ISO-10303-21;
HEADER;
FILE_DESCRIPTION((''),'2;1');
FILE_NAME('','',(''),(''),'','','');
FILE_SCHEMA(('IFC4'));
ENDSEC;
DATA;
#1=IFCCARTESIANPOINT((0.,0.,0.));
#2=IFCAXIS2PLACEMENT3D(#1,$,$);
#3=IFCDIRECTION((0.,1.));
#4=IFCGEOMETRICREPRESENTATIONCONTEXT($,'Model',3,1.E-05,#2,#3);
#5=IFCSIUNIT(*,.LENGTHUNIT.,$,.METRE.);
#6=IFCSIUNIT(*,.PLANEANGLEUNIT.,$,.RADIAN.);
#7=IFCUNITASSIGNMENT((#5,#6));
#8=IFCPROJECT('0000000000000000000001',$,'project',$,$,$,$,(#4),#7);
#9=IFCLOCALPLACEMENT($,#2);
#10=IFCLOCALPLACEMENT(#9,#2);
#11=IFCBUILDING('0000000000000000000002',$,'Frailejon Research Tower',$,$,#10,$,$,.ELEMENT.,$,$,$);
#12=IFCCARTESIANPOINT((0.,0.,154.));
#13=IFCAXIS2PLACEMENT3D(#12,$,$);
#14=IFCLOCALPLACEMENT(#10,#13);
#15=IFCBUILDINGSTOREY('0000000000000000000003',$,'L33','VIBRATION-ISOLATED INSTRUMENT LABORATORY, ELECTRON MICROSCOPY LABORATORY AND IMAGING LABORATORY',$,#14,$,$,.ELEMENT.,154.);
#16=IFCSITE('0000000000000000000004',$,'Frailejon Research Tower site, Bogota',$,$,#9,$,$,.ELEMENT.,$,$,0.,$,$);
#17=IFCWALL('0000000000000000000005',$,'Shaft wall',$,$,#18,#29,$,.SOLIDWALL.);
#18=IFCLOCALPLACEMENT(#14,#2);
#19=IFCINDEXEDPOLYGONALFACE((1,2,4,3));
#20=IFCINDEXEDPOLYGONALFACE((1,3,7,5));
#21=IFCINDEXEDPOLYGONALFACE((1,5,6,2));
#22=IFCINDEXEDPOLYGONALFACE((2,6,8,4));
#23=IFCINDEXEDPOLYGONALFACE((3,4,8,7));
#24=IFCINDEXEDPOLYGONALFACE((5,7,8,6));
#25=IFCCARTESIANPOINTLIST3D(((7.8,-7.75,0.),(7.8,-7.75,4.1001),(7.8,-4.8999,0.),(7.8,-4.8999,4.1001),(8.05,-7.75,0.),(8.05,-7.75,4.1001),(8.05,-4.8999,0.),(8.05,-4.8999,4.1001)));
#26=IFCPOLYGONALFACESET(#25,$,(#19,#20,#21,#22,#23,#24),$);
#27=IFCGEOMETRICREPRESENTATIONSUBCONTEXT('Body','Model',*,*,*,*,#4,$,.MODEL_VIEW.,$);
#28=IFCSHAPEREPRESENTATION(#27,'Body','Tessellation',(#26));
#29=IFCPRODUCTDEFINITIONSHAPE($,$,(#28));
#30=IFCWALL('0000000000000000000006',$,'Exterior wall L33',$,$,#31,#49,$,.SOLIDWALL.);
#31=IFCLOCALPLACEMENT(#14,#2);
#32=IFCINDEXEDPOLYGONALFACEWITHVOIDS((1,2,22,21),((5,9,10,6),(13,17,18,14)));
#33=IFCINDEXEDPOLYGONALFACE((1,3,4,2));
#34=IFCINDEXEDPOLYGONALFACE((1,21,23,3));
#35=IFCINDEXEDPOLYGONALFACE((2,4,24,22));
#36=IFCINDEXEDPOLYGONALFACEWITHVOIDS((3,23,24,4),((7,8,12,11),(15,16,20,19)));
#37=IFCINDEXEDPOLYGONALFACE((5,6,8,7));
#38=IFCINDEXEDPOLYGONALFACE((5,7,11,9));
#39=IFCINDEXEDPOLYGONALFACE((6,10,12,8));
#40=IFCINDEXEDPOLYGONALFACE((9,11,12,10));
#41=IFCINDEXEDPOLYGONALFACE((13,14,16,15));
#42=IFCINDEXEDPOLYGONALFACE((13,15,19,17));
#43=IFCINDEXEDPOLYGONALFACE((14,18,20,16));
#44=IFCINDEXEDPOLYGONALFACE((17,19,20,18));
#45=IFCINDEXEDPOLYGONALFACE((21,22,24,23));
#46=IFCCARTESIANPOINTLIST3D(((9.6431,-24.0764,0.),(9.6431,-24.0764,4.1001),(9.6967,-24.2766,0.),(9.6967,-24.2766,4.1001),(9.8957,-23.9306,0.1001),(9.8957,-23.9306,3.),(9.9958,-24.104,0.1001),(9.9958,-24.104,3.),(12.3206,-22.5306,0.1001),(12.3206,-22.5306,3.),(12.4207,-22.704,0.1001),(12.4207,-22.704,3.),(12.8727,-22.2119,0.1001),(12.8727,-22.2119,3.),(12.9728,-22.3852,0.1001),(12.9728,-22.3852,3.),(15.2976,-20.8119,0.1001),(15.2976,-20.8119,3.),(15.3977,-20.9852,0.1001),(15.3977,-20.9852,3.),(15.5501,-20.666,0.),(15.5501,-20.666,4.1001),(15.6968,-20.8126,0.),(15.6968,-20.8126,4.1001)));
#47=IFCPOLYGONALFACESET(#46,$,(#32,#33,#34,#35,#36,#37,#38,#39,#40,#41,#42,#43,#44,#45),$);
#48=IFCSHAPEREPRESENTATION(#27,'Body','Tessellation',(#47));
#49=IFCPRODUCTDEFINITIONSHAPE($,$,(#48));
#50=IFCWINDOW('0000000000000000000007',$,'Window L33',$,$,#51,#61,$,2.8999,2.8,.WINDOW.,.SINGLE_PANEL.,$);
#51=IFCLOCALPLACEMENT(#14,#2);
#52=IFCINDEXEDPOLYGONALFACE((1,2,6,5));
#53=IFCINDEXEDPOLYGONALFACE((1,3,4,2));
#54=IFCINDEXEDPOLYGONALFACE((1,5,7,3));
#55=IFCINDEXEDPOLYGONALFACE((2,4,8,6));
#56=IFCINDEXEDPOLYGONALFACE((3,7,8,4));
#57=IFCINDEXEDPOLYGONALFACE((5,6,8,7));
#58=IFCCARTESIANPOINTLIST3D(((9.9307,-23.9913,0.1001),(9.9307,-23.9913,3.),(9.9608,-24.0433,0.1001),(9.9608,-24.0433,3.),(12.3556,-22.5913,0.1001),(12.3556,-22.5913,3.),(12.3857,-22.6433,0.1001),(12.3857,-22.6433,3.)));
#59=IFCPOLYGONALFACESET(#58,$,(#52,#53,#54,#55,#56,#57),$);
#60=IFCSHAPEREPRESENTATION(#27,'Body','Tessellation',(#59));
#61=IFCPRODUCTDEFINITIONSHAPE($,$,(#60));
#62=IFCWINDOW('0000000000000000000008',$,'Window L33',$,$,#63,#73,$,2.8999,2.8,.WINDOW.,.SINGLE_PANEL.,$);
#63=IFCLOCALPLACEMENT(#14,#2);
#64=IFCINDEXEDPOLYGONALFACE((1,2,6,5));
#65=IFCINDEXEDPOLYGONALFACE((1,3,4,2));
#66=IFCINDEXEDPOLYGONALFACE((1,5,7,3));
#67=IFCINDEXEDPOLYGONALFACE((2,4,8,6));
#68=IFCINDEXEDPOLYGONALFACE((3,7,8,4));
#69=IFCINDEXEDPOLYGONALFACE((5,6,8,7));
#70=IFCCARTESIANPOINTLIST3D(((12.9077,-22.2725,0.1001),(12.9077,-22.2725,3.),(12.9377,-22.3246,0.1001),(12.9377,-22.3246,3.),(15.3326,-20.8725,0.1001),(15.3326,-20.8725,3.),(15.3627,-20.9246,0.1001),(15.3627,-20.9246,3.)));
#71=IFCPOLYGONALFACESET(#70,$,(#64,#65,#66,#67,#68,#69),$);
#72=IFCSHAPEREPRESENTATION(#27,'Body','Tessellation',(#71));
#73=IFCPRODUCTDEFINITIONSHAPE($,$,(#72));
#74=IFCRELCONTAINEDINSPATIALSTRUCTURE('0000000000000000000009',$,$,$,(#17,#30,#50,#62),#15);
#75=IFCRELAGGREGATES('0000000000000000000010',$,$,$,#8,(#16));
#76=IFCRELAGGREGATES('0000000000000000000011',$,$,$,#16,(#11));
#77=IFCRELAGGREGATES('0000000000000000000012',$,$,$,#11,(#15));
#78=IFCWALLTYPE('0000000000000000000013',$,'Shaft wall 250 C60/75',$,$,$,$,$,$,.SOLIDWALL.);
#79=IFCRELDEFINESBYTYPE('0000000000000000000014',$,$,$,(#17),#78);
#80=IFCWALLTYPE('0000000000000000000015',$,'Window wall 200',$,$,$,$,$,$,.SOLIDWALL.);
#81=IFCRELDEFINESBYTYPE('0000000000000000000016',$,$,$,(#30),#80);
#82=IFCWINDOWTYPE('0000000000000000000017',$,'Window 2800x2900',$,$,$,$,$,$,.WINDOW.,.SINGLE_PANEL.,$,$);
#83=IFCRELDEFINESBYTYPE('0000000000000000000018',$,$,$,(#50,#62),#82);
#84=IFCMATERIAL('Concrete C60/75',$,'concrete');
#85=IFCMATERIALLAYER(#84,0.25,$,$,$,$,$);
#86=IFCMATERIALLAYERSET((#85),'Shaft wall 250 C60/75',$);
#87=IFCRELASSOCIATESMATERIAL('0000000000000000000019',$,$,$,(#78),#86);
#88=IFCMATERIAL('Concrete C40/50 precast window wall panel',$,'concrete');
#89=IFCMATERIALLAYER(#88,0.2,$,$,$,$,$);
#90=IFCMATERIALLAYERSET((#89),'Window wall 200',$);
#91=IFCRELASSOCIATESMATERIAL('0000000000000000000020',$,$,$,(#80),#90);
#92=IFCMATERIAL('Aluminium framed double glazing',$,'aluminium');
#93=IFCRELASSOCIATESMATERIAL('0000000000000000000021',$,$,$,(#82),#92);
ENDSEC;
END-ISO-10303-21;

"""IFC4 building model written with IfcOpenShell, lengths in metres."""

from ifc_helpers import new_model, si_unit, direction, frame, frame_2d, origin, place, context, subcontext, project, spatial, polyline, rectangle, outline, extrude, material, layer, layer_set, type_object, element, fill, save


model = new_model("IFC4")

# Units and contexts
model_context = context("Model", 3, precision=1e-05, world=origin(), true_north=direction((0.0, 1.0)))
body_context = subcontext(model_context, "Body", "Model", "MODEL_VIEW")
ifc_project = project(units=[si_unit("LENGTHUNIT", "METRE"), si_unit("PLANEANGLEUNIT", "RADIAN")], contexts=[model_context])

# Site, building, storey
site_placement = place(None, origin())
site = spatial("IfcSite", under=ifc_project, at=site_placement, Name="Frailejon Research Tower site, Bogota", CompositionType="ELEMENT", RefElevation=0.0)
building_placement = place(site_placement, origin())
building = spatial("IfcBuilding", under=site, at=building_placement, Name="Frailejon Research Tower", CompositionType="ELEMENT")
storey_placement = place(building_placement, frame((0.0, 0.0, 154.0)))
storey = spatial("IfcBuildingStorey", under=building, at=storey_placement, Name="L33", Description="VIBRATION-ISOLATED INSTRUMENT LABORATORY, ELECTRON MICROSCOPY LABORATORY AND IMAGING LABORATORY", CompositionType="ELEMENT", Elevation=154.0)

# Shared definitions
ifc_material_1 = material(Name="Concrete C60/75", Category="concrete")
ifc_layer_1 = layer(ifc_material_1, 0.25)
ifc_layer_set_1 = layer_set([ifc_layer_1], Name="Shaft wall 250 C60/75")
wall_type_1 = type_object("IfcWallType", Name="Shaft wall 250 C60/75", PredefinedType="SOLIDWALL", material=ifc_layer_set_1)

# Wall
wall_1_placement = place(storey_placement, frame((7.925, -7.75, 0.0), z_axis=(0.0, 0.0, 1.0), x_axis=(0.0, 1.0, 0.0)))
element("IfcWall", 1, at=wall_1_placement, inside=storey, type_object=wall_type_1, Name="Shaft wall", PredefinedType="SOLIDWALL", context=body_context, shape_type="SweptSolid", body=[
    extrude(rectangle(XDim=2.8501, YDim=0.25, at=frame_2d((1.425, 0.0))), origin(), (0.0, 0.0, 1.0), 4.1001),
])

# Wall, openings, windows
ifc_material_2 = material(Name="Concrete C40/50 precast window wall panel", Category="concrete")
ifc_layer_2 = layer(ifc_material_2, 0.2)
ifc_layer_set_2 = layer_set([ifc_layer_2], Name="Window wall 200")
wall_type_2 = type_object("IfcWallType", Name="Window wall 200", PredefinedType="SOLIDWALL", material=ifc_layer_set_2)
wall_2_placement = place(storey_placement, frame((9.6699, -24.1765, 0.0), z_axis=(0.0, 0.0, 1.0), x_axis=(0.866029, 0.499993, 0.0)))
wall_2 = element("IfcWall", 2, at=wall_2_placement, inside=storey, type_object=wall_type_2, Name="Exterior wall L33", PredefinedType="SOLIDWALL", context=body_context, shape_type="SweptSolid", body=[
    extrude(outline(polyline([(-0.0269, -0.1001), (1.1279, -0.1001), (2.2825, -0.1001), (3.4373, -0.1001), (4.592, -0.1001), (5.7466, -0.1001), (6.9014, -0.1001), (6.8477, 0.1001), (5.7109, 0.1001), (4.574, 0.1001), (3.4373, 0.1001), (2.3005, 0.1001), (1.1636, 0.1001), (0.0269, 0.1001), (-0.0269, -0.1001)])), origin(), (0.0, 0.0, 1.0), 4.1001),
])
opening_1_placement = place(wall_2_placement, frame((0.3186, 0.0, 0.1001)))
opening_1 = element("IfcOpeningElement", 3, at=opening_1_placement, cuts=wall_2, PredefinedType="OPENING", context=body_context, shape_type="SweptSolid", body=[
    extrude(rectangle(XDim=2.8, YDim=2.8999, at=frame_2d((1.3999, 1.45))), frame((0.0, 0.1099, 0.0), z_axis=(0.0, -1.0, 0.0), x_axis=(1.0, 0.0, 0.0)), (0.0, 0.0, 1.0), 0.22),
])
opening_2_placement = place(wall_2_placement, frame((3.7561, 0.0, 0.1001)))
opening_2 = element("IfcOpeningElement", 4, at=opening_2_placement, cuts=wall_2, PredefinedType="OPENING", context=body_context, shape_type="SweptSolid", body=[
    extrude(rectangle(XDim=2.8, YDim=2.8999, at=frame_2d((1.3999, 1.45))), frame((0.0, 0.1099, 0.0), z_axis=(0.0, -1.0, 0.0), x_axis=(1.0, 0.0, 0.0)), (0.0, 0.0, 1.0), 0.22),
])
ifc_material_3 = material(Name="Aluminium framed double glazing", Category="aluminium")
window_type = type_object("IfcWindowType", Name="Window 2800x2900", PartitioningType="SINGLE_PANEL", PredefinedType="WINDOW", material=ifc_material_3)
window_1_placement = place(opening_1_placement, origin())
window_1 = element("IfcWindow", 5, at=window_1_placement, inside=storey, type_object=window_type, Name="Window L33", OverallHeight=2.8999, OverallWidth=2.8, PartitioningType="SINGLE_PANEL", PredefinedType="WINDOW", context=body_context, shape_type="SweptSolid", body=[
    extrude(rectangle(XDim=2.8, YDim=2.8999, at=frame_2d((1.3999, 1.45))), frame((0.0, 0.03, 0.0), z_axis=(0.0, -1.0, 0.0), x_axis=(1.0, 0.0, 0.0)), (0.0, 0.0, 1.0), 0.0601),
])
fill(opening_1, window_1)
window_2_placement = place(opening_2_placement, origin())
window_2 = element("IfcWindow", 6, at=window_2_placement, inside=storey, type_object=window_type, Name="Window L33", OverallHeight=2.8999, OverallWidth=2.8, PartitioningType="SINGLE_PANEL", PredefinedType="WINDOW", context=body_context, shape_type="SweptSolid", body=[
    extrude(rectangle(XDim=2.8, YDim=2.8999, at=frame_2d((1.3999, 1.45))), frame((0.0, 0.03, 0.0), z_axis=(0.0, -1.0, 0.0), x_axis=(1.0, 0.0, 0.0)), (0.0, 0.0, 1.0), 0.0601),
])
fill(opening_2, window_2)

save(model, "model.ifc")
